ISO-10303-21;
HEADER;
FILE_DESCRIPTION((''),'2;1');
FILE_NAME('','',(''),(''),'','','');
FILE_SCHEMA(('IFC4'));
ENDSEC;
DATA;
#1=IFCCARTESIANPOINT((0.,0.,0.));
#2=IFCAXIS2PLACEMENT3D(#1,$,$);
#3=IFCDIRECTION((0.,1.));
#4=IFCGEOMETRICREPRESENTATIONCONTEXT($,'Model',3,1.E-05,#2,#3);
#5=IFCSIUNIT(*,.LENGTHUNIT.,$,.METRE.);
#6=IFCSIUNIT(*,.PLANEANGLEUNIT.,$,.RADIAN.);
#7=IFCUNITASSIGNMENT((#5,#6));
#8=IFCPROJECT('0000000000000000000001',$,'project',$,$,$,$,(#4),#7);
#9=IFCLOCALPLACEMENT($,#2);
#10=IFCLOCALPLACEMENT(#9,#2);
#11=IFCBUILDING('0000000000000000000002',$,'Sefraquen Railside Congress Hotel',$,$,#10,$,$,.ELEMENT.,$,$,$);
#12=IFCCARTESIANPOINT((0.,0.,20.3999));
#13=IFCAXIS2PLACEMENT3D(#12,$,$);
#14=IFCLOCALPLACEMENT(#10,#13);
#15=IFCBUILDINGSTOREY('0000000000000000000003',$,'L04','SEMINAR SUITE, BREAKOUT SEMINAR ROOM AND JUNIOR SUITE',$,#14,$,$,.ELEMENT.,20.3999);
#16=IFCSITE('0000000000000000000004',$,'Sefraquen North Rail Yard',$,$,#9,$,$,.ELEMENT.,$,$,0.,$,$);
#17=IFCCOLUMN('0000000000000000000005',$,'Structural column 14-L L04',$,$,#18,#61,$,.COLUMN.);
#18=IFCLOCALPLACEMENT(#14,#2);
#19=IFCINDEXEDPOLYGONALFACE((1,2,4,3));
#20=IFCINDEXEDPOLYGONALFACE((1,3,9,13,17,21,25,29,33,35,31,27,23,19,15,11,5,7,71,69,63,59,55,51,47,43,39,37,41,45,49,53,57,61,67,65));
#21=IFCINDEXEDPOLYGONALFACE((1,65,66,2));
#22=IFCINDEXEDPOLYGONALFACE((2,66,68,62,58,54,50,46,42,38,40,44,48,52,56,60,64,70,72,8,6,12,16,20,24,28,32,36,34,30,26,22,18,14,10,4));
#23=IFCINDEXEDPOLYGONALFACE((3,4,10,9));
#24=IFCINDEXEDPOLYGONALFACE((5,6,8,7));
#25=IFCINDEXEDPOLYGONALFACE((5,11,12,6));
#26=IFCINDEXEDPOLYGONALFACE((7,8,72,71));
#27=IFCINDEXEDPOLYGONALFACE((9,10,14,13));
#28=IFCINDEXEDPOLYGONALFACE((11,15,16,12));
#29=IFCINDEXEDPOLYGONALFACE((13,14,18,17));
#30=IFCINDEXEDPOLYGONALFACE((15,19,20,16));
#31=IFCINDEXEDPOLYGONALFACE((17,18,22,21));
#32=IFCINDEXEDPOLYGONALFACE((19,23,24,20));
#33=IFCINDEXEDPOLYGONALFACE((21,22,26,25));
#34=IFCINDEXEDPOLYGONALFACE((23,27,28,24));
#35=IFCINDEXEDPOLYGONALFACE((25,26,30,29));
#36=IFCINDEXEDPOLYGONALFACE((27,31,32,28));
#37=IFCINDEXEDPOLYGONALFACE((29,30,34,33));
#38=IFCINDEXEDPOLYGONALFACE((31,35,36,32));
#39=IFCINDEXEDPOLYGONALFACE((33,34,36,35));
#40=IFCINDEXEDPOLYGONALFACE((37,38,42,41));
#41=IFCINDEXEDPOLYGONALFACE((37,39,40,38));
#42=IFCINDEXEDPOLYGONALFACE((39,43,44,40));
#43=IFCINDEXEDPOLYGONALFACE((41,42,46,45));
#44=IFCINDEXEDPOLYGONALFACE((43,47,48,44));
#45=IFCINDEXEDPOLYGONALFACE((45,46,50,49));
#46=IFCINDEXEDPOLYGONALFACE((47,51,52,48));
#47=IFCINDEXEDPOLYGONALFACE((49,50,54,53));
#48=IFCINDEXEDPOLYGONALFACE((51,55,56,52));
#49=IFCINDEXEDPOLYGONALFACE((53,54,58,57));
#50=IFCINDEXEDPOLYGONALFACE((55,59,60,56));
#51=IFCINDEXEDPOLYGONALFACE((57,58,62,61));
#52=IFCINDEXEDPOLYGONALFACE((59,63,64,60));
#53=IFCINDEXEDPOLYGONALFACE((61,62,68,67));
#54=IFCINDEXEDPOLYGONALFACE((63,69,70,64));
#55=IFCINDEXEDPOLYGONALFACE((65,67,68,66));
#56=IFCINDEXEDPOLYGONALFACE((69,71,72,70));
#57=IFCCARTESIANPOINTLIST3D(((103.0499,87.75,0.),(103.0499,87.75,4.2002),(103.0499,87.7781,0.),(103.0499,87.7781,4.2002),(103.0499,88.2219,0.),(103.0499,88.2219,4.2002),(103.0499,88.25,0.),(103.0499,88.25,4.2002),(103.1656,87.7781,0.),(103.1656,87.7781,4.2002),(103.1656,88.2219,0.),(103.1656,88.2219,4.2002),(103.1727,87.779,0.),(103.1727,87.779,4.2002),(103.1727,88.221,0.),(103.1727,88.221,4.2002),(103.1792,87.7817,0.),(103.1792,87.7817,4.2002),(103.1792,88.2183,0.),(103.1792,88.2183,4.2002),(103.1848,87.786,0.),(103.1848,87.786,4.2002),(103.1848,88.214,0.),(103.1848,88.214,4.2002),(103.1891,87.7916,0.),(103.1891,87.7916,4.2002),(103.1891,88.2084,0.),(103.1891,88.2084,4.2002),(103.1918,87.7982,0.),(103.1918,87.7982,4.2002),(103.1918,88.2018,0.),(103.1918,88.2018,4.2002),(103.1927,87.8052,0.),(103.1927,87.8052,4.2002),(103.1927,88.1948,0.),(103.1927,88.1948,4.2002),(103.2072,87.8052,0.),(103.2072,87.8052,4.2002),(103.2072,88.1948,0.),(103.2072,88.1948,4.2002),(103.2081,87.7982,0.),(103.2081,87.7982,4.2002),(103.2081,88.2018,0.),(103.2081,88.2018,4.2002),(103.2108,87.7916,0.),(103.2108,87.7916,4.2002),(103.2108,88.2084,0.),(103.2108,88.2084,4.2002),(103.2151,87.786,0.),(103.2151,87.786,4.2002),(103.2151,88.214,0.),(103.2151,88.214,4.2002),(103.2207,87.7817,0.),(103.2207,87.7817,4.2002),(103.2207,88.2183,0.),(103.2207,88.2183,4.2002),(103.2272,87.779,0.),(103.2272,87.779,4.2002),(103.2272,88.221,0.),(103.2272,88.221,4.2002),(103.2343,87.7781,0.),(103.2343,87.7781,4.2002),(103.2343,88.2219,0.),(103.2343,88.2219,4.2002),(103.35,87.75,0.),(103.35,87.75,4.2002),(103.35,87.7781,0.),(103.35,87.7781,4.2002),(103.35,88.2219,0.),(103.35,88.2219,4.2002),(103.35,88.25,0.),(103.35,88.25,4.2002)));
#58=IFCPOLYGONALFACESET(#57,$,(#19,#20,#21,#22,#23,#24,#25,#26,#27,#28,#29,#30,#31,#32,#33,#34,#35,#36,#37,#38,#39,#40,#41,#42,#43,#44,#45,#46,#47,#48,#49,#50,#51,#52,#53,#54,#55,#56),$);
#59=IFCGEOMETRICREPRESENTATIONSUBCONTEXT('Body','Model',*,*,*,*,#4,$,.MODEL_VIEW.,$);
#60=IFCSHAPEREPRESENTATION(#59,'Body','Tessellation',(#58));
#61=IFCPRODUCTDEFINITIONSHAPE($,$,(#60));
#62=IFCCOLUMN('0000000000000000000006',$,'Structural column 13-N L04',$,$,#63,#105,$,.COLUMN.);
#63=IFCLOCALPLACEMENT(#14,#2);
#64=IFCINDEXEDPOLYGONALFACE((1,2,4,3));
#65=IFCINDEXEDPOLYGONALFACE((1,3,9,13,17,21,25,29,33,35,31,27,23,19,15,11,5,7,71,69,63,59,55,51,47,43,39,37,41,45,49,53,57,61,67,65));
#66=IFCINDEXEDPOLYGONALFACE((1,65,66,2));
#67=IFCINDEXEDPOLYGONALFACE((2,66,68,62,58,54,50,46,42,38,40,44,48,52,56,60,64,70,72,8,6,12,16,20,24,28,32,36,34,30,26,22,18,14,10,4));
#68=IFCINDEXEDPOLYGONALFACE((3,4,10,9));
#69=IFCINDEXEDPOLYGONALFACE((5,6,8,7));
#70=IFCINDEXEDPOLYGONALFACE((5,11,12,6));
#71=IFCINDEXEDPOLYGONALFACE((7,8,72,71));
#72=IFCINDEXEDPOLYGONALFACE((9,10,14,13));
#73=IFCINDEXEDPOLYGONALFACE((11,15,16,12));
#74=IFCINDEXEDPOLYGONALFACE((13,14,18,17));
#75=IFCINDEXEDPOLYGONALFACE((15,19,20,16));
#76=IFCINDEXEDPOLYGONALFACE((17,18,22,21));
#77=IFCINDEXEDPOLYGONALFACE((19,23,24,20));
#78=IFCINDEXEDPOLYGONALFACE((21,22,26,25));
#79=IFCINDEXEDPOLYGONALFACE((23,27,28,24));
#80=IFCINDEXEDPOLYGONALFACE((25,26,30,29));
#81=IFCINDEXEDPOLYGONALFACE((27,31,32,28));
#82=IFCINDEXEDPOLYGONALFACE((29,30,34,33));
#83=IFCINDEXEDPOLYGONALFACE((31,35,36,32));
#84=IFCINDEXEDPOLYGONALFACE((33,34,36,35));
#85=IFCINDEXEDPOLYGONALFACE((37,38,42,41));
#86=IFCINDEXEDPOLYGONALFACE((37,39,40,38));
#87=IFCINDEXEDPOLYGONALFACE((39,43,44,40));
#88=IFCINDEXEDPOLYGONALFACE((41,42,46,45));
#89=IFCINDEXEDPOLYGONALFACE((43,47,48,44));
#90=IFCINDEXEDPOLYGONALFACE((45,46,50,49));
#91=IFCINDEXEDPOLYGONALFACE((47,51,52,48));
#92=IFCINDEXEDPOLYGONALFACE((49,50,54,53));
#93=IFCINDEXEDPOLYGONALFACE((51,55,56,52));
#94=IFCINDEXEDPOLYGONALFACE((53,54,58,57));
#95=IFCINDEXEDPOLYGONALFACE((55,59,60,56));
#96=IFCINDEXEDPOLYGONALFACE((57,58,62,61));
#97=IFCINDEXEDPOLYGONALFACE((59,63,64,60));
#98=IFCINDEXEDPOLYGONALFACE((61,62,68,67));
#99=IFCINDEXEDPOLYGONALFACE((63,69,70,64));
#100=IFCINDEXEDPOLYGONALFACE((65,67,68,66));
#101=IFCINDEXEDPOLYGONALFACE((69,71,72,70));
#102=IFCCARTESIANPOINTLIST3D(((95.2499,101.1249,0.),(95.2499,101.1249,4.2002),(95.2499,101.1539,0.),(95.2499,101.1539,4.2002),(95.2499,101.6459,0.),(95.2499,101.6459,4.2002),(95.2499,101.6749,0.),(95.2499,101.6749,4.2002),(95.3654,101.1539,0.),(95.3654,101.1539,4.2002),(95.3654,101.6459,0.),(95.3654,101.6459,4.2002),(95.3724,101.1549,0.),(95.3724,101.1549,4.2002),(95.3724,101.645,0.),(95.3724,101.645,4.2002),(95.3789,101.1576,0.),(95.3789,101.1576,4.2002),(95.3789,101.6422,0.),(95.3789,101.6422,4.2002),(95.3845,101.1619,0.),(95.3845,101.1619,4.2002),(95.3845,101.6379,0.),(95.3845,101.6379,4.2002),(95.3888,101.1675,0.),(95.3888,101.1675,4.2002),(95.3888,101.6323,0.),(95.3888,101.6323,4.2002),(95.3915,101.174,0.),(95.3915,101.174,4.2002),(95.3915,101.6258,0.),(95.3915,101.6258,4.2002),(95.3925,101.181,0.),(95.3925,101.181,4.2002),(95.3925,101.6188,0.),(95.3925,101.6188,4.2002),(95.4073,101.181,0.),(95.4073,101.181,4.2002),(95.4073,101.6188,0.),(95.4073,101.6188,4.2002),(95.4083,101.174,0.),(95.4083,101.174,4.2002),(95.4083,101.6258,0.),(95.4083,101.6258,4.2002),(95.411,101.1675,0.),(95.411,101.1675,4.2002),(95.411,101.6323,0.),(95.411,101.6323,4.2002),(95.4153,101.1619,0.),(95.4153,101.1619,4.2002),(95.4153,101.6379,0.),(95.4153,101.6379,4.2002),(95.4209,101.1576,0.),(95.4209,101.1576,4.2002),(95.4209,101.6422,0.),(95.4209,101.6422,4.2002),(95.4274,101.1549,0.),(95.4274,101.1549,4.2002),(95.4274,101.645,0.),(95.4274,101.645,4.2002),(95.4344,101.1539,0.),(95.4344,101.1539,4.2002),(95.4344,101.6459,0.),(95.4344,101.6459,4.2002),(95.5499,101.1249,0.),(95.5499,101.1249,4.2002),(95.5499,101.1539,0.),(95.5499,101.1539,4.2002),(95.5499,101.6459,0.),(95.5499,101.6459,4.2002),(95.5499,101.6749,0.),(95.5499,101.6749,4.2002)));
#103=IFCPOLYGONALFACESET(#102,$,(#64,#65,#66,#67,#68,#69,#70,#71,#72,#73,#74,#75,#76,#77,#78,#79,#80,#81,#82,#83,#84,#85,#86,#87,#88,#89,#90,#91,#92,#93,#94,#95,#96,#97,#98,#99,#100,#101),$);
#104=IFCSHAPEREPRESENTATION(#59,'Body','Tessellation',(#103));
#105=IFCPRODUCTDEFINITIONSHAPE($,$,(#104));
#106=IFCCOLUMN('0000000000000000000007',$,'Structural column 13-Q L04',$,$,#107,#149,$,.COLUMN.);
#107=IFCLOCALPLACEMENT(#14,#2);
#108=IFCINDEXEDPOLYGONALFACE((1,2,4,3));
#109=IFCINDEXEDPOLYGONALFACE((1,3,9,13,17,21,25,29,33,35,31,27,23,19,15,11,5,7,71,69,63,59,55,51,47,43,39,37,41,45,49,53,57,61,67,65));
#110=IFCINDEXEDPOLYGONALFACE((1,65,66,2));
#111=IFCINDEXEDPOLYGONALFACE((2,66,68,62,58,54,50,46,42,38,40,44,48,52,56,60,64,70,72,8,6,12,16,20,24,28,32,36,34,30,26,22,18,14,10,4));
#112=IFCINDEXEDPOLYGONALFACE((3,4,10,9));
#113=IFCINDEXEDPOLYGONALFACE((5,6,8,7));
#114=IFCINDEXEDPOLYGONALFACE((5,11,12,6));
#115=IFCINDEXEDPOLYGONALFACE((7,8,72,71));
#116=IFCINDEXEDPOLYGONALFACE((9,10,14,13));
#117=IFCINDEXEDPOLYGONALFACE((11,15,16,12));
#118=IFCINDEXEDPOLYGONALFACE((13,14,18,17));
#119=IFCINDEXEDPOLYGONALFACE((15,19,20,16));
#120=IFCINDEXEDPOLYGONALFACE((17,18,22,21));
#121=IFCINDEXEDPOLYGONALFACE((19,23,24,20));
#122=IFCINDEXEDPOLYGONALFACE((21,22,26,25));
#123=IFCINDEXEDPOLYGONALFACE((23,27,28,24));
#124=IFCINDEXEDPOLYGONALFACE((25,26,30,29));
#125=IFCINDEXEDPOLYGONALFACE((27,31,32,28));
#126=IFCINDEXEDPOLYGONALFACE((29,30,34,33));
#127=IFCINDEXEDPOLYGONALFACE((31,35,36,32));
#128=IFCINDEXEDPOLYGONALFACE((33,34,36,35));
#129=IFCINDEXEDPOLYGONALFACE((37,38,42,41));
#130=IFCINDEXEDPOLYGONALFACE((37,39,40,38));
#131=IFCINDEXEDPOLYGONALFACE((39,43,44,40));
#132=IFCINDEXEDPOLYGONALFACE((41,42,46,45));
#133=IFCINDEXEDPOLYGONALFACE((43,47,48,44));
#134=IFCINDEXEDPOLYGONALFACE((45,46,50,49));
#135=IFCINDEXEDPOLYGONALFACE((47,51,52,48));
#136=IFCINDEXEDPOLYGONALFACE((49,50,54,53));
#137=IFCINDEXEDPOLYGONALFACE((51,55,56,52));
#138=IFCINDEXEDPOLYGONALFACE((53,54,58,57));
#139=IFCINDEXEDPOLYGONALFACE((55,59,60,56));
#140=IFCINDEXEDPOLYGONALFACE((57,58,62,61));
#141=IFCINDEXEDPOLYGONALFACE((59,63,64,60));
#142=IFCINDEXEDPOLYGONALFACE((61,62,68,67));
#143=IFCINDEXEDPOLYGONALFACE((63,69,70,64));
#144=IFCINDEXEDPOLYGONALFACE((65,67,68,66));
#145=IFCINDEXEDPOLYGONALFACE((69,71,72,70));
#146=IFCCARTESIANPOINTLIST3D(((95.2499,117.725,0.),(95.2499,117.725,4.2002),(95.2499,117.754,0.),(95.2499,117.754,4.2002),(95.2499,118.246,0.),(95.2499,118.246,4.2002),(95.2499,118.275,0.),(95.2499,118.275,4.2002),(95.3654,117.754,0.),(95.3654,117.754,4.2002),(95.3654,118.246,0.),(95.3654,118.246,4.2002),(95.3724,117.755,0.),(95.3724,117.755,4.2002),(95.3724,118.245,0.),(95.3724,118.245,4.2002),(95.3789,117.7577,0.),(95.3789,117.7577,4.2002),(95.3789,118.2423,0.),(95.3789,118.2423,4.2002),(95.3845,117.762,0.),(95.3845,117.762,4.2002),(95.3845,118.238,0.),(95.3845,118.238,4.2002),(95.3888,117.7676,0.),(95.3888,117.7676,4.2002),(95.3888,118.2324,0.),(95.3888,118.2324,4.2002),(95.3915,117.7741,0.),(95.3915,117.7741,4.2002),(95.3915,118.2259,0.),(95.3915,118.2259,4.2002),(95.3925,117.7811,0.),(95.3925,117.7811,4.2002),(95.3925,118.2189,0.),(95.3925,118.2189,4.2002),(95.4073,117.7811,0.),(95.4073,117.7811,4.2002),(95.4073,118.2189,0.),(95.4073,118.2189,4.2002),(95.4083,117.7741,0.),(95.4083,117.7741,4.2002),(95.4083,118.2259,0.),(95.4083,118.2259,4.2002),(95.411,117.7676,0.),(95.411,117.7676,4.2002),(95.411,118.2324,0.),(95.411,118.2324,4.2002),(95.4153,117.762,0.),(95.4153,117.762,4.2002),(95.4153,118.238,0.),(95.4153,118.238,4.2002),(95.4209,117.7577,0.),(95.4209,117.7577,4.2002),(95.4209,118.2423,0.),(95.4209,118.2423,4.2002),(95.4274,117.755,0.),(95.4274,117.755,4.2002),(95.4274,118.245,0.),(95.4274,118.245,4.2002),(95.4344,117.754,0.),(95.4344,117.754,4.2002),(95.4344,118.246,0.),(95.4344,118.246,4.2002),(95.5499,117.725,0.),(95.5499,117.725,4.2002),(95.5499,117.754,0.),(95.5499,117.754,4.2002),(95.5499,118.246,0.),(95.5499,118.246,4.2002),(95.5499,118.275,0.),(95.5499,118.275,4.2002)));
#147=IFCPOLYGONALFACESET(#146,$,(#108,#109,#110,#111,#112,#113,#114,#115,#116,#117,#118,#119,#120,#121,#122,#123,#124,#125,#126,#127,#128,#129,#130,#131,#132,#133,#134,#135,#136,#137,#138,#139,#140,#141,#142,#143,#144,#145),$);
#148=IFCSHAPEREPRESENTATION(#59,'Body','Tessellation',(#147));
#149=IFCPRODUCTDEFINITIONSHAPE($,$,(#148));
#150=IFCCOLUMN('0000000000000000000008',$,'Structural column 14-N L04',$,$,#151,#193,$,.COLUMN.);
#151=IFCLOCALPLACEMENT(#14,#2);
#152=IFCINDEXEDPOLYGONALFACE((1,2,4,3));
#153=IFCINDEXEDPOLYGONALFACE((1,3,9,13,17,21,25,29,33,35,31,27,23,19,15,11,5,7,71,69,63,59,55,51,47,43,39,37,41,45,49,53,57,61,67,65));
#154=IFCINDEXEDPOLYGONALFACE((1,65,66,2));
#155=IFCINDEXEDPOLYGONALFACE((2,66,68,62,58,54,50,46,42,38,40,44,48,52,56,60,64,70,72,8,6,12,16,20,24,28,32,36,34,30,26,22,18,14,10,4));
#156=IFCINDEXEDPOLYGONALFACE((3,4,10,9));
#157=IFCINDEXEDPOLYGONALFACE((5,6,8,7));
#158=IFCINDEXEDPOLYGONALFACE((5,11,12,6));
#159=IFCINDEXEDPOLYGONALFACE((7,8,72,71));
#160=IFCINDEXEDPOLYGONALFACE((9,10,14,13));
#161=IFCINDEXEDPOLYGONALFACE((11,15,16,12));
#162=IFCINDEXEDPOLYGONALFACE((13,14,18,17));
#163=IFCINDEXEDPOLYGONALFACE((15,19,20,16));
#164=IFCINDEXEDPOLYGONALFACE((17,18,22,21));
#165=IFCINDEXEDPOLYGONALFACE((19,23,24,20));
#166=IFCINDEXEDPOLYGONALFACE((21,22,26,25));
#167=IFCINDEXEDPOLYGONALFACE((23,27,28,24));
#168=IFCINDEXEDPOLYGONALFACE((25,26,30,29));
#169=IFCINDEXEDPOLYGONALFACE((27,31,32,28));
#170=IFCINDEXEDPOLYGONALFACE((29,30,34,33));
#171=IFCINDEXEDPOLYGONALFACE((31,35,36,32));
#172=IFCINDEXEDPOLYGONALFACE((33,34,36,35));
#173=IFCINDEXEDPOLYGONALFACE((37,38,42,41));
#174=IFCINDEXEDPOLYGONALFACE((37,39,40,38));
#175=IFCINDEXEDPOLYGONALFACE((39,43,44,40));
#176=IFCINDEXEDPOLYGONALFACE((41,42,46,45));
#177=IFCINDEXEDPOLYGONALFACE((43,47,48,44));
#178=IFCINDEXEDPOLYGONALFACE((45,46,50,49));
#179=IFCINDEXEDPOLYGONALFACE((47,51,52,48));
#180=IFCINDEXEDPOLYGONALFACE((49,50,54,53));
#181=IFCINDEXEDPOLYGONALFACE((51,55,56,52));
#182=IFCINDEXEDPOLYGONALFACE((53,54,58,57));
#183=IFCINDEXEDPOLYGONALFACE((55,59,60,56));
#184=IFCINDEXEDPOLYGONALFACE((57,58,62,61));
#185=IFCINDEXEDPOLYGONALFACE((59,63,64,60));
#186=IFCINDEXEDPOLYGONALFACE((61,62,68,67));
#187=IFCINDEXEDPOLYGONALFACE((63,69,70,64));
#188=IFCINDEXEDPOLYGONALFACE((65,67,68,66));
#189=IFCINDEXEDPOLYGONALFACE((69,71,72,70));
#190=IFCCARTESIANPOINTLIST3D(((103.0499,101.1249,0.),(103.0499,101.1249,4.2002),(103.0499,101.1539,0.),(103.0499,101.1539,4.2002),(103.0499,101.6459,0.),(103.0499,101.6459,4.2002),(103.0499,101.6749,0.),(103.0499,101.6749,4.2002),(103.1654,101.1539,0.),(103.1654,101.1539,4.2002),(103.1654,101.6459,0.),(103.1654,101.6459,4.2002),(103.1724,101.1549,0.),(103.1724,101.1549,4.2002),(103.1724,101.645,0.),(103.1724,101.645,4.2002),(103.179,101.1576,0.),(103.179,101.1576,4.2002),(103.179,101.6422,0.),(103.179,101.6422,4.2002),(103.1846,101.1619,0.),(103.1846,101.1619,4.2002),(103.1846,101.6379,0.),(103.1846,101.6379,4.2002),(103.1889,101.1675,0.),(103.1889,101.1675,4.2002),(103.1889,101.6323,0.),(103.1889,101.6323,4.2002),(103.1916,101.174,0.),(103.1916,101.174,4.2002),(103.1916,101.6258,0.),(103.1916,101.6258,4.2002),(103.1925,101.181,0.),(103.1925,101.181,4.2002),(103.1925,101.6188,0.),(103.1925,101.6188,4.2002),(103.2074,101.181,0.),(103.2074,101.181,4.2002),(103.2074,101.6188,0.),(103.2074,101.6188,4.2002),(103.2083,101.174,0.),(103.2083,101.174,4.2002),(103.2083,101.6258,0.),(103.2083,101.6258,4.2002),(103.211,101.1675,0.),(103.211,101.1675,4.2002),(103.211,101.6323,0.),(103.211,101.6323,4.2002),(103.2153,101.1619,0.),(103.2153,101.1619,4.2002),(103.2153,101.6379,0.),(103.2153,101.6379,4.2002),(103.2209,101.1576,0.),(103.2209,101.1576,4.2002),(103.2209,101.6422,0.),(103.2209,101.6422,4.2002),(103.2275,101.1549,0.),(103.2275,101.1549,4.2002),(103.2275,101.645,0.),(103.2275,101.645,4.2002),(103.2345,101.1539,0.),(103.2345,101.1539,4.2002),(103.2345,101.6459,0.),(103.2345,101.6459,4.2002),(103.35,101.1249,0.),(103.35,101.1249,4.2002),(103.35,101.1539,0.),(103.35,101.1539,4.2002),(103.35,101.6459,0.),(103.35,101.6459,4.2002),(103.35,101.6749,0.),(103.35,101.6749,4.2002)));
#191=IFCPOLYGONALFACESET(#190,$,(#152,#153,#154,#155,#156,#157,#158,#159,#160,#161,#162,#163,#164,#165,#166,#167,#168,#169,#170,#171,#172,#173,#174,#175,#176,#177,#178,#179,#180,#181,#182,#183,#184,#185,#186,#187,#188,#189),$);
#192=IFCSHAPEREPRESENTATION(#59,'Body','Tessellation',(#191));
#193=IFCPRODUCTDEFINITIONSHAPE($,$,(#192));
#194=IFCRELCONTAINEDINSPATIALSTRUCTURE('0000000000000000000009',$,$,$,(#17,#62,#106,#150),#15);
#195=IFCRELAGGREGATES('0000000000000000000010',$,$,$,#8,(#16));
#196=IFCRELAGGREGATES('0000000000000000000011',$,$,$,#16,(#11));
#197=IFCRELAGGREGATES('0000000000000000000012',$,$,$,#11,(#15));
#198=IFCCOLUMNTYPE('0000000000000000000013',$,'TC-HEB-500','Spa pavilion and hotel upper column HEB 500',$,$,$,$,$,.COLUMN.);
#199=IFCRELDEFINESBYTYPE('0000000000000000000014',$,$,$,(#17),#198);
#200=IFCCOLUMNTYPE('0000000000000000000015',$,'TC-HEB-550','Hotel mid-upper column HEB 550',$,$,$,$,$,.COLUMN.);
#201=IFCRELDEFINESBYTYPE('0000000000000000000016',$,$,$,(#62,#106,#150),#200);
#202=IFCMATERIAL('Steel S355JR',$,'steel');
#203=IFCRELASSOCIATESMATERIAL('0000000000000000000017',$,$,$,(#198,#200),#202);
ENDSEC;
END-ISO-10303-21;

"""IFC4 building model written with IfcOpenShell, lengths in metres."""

from ifc_helpers import new_model, si_unit, direction, frame, origin, origin_2d, place, context, subcontext, project, spatial, i_section, extrude, material, material_profile, profile_set, type_object, element, save


model = new_model("IFC4")

# Units and contexts
model_context = context("Model", 3, precision=1e-05, world=origin(), true_north=direction((0.0, 1.0)))
body_context = subcontext(model_context, "Body", "Model", "MODEL_VIEW")
ifc_project = project(units=[si_unit("LENGTHUNIT", "METRE"), si_unit("PLANEANGLEUNIT", "RADIAN")], contexts=[model_context])

# Site, building, storey
site_placement = place(None, origin())
site = spatial("IfcSite", under=ifc_project, at=site_placement, Name="Sefraquen North Rail Yard", CompositionType="ELEMENT", RefElevation=0.0)
building_placement = place(site_placement, origin())
building = spatial("IfcBuilding", under=site, at=building_placement, Name="Sefraquen Railside Congress Hotel", CompositionType="ELEMENT")
storey_placement = place(building_placement, frame((0.0, 0.0, 20.3999)))
storey = spatial("IfcBuildingStorey", under=building, at=storey_placement, Name="L04", Description="SEMINAR SUITE, BREAKOUT SEMINAR ROOM AND JUNIOR SUITE", CompositionType="ELEMENT", Elevation=20.3999)

# Columns
ifc_material_1 = material(Name="Steel S355JR", Category="steel")
ifc_material_profile_1 = material_profile(ifc_material_1, i_section(OverallWidth=0.3, OverallDepth=0.5, WebThickness=0.0144, FlangeThickness=0.0281, FilletRadius=0.0271, at=origin_2d()), Name="HEB 500")
ifc_profile_set_1 = profile_set([ifc_material_profile_1], Name="Steel S355JR")
column_type_1 = type_object("IfcColumnType", Name="TC-HEB-500", Description="Spa pavilion and hotel upper column HEB 500", PredefinedType="COLUMN", material=ifc_profile_set_1)
column_placement = place(storey_placement, frame((103.2, 88.0, 0.0), z_axis=(0.0, 0.0, 1.0), x_axis=(1.0, 0.0, 0.0)))
element("IfcColumn", 1, at=column_placement, inside=storey, type_object=column_type_1, Name="Structural column 14-L L04", PredefinedType="COLUMN", context=body_context, shape_type="SweptSolid", body=[
    extrude(i_section(OverallWidth=0.3, OverallDepth=0.5, WebThickness=0.0144, FlangeThickness=0.0281, FilletRadius=0.0271, at=origin_2d()), origin(), (0.0, 0.0, 1.0), 4.2002),
])
ifc_material_profile_2 = material_profile(ifc_material_1, i_section(OverallWidth=0.3, OverallDepth=0.55, WebThickness=0.0149, FlangeThickness=0.0291, FilletRadius=0.0271, at=origin_2d()), Name="HEB 550")
ifc_profile_set_2 = profile_set([ifc_material_profile_2], Name="Steel S355JR")
column_type_2 = type_object("IfcColumnType", Name="TC-HEB-550", Description="Hotel mid-upper column HEB 550", PredefinedType="COLUMN", material=ifc_profile_set_2)
for number, where, z_axis, x_axis, name in (
    (2, (95.3999, 101.3999, 0.0), (0.0, 0.0, 1.0), (1.0, 0.0, 0.0), "Structural column 13-N L04"),
    (3, (95.3999, 118.0, 0.0), (0.0, 0.0, 1.0), (1.0, 0.0, 0.0), "Structural column 13-Q L04"),
    (4, (103.2, 101.3999, 0.0), (0.0, 0.0, 1.0), (1.0, 0.0, 0.0), "Structural column 14-N L04"),
):
    element("IfcColumn", number, at=place(storey_placement, frame(where, z_axis=z_axis, x_axis=x_axis)), inside=storey, type_object=column_type_2, Name=name, PredefinedType="COLUMN", context=body_context, shape_type="SweptSolid", body=[
        extrude(i_section(OverallWidth=0.3, OverallDepth=0.55, WebThickness=0.0149, FlangeThickness=0.0291, FilletRadius=0.0271, at=origin_2d()), origin(), (0.0, 0.0, 1.0), 4.2002),
    ])

save(model, "model.ifc")
